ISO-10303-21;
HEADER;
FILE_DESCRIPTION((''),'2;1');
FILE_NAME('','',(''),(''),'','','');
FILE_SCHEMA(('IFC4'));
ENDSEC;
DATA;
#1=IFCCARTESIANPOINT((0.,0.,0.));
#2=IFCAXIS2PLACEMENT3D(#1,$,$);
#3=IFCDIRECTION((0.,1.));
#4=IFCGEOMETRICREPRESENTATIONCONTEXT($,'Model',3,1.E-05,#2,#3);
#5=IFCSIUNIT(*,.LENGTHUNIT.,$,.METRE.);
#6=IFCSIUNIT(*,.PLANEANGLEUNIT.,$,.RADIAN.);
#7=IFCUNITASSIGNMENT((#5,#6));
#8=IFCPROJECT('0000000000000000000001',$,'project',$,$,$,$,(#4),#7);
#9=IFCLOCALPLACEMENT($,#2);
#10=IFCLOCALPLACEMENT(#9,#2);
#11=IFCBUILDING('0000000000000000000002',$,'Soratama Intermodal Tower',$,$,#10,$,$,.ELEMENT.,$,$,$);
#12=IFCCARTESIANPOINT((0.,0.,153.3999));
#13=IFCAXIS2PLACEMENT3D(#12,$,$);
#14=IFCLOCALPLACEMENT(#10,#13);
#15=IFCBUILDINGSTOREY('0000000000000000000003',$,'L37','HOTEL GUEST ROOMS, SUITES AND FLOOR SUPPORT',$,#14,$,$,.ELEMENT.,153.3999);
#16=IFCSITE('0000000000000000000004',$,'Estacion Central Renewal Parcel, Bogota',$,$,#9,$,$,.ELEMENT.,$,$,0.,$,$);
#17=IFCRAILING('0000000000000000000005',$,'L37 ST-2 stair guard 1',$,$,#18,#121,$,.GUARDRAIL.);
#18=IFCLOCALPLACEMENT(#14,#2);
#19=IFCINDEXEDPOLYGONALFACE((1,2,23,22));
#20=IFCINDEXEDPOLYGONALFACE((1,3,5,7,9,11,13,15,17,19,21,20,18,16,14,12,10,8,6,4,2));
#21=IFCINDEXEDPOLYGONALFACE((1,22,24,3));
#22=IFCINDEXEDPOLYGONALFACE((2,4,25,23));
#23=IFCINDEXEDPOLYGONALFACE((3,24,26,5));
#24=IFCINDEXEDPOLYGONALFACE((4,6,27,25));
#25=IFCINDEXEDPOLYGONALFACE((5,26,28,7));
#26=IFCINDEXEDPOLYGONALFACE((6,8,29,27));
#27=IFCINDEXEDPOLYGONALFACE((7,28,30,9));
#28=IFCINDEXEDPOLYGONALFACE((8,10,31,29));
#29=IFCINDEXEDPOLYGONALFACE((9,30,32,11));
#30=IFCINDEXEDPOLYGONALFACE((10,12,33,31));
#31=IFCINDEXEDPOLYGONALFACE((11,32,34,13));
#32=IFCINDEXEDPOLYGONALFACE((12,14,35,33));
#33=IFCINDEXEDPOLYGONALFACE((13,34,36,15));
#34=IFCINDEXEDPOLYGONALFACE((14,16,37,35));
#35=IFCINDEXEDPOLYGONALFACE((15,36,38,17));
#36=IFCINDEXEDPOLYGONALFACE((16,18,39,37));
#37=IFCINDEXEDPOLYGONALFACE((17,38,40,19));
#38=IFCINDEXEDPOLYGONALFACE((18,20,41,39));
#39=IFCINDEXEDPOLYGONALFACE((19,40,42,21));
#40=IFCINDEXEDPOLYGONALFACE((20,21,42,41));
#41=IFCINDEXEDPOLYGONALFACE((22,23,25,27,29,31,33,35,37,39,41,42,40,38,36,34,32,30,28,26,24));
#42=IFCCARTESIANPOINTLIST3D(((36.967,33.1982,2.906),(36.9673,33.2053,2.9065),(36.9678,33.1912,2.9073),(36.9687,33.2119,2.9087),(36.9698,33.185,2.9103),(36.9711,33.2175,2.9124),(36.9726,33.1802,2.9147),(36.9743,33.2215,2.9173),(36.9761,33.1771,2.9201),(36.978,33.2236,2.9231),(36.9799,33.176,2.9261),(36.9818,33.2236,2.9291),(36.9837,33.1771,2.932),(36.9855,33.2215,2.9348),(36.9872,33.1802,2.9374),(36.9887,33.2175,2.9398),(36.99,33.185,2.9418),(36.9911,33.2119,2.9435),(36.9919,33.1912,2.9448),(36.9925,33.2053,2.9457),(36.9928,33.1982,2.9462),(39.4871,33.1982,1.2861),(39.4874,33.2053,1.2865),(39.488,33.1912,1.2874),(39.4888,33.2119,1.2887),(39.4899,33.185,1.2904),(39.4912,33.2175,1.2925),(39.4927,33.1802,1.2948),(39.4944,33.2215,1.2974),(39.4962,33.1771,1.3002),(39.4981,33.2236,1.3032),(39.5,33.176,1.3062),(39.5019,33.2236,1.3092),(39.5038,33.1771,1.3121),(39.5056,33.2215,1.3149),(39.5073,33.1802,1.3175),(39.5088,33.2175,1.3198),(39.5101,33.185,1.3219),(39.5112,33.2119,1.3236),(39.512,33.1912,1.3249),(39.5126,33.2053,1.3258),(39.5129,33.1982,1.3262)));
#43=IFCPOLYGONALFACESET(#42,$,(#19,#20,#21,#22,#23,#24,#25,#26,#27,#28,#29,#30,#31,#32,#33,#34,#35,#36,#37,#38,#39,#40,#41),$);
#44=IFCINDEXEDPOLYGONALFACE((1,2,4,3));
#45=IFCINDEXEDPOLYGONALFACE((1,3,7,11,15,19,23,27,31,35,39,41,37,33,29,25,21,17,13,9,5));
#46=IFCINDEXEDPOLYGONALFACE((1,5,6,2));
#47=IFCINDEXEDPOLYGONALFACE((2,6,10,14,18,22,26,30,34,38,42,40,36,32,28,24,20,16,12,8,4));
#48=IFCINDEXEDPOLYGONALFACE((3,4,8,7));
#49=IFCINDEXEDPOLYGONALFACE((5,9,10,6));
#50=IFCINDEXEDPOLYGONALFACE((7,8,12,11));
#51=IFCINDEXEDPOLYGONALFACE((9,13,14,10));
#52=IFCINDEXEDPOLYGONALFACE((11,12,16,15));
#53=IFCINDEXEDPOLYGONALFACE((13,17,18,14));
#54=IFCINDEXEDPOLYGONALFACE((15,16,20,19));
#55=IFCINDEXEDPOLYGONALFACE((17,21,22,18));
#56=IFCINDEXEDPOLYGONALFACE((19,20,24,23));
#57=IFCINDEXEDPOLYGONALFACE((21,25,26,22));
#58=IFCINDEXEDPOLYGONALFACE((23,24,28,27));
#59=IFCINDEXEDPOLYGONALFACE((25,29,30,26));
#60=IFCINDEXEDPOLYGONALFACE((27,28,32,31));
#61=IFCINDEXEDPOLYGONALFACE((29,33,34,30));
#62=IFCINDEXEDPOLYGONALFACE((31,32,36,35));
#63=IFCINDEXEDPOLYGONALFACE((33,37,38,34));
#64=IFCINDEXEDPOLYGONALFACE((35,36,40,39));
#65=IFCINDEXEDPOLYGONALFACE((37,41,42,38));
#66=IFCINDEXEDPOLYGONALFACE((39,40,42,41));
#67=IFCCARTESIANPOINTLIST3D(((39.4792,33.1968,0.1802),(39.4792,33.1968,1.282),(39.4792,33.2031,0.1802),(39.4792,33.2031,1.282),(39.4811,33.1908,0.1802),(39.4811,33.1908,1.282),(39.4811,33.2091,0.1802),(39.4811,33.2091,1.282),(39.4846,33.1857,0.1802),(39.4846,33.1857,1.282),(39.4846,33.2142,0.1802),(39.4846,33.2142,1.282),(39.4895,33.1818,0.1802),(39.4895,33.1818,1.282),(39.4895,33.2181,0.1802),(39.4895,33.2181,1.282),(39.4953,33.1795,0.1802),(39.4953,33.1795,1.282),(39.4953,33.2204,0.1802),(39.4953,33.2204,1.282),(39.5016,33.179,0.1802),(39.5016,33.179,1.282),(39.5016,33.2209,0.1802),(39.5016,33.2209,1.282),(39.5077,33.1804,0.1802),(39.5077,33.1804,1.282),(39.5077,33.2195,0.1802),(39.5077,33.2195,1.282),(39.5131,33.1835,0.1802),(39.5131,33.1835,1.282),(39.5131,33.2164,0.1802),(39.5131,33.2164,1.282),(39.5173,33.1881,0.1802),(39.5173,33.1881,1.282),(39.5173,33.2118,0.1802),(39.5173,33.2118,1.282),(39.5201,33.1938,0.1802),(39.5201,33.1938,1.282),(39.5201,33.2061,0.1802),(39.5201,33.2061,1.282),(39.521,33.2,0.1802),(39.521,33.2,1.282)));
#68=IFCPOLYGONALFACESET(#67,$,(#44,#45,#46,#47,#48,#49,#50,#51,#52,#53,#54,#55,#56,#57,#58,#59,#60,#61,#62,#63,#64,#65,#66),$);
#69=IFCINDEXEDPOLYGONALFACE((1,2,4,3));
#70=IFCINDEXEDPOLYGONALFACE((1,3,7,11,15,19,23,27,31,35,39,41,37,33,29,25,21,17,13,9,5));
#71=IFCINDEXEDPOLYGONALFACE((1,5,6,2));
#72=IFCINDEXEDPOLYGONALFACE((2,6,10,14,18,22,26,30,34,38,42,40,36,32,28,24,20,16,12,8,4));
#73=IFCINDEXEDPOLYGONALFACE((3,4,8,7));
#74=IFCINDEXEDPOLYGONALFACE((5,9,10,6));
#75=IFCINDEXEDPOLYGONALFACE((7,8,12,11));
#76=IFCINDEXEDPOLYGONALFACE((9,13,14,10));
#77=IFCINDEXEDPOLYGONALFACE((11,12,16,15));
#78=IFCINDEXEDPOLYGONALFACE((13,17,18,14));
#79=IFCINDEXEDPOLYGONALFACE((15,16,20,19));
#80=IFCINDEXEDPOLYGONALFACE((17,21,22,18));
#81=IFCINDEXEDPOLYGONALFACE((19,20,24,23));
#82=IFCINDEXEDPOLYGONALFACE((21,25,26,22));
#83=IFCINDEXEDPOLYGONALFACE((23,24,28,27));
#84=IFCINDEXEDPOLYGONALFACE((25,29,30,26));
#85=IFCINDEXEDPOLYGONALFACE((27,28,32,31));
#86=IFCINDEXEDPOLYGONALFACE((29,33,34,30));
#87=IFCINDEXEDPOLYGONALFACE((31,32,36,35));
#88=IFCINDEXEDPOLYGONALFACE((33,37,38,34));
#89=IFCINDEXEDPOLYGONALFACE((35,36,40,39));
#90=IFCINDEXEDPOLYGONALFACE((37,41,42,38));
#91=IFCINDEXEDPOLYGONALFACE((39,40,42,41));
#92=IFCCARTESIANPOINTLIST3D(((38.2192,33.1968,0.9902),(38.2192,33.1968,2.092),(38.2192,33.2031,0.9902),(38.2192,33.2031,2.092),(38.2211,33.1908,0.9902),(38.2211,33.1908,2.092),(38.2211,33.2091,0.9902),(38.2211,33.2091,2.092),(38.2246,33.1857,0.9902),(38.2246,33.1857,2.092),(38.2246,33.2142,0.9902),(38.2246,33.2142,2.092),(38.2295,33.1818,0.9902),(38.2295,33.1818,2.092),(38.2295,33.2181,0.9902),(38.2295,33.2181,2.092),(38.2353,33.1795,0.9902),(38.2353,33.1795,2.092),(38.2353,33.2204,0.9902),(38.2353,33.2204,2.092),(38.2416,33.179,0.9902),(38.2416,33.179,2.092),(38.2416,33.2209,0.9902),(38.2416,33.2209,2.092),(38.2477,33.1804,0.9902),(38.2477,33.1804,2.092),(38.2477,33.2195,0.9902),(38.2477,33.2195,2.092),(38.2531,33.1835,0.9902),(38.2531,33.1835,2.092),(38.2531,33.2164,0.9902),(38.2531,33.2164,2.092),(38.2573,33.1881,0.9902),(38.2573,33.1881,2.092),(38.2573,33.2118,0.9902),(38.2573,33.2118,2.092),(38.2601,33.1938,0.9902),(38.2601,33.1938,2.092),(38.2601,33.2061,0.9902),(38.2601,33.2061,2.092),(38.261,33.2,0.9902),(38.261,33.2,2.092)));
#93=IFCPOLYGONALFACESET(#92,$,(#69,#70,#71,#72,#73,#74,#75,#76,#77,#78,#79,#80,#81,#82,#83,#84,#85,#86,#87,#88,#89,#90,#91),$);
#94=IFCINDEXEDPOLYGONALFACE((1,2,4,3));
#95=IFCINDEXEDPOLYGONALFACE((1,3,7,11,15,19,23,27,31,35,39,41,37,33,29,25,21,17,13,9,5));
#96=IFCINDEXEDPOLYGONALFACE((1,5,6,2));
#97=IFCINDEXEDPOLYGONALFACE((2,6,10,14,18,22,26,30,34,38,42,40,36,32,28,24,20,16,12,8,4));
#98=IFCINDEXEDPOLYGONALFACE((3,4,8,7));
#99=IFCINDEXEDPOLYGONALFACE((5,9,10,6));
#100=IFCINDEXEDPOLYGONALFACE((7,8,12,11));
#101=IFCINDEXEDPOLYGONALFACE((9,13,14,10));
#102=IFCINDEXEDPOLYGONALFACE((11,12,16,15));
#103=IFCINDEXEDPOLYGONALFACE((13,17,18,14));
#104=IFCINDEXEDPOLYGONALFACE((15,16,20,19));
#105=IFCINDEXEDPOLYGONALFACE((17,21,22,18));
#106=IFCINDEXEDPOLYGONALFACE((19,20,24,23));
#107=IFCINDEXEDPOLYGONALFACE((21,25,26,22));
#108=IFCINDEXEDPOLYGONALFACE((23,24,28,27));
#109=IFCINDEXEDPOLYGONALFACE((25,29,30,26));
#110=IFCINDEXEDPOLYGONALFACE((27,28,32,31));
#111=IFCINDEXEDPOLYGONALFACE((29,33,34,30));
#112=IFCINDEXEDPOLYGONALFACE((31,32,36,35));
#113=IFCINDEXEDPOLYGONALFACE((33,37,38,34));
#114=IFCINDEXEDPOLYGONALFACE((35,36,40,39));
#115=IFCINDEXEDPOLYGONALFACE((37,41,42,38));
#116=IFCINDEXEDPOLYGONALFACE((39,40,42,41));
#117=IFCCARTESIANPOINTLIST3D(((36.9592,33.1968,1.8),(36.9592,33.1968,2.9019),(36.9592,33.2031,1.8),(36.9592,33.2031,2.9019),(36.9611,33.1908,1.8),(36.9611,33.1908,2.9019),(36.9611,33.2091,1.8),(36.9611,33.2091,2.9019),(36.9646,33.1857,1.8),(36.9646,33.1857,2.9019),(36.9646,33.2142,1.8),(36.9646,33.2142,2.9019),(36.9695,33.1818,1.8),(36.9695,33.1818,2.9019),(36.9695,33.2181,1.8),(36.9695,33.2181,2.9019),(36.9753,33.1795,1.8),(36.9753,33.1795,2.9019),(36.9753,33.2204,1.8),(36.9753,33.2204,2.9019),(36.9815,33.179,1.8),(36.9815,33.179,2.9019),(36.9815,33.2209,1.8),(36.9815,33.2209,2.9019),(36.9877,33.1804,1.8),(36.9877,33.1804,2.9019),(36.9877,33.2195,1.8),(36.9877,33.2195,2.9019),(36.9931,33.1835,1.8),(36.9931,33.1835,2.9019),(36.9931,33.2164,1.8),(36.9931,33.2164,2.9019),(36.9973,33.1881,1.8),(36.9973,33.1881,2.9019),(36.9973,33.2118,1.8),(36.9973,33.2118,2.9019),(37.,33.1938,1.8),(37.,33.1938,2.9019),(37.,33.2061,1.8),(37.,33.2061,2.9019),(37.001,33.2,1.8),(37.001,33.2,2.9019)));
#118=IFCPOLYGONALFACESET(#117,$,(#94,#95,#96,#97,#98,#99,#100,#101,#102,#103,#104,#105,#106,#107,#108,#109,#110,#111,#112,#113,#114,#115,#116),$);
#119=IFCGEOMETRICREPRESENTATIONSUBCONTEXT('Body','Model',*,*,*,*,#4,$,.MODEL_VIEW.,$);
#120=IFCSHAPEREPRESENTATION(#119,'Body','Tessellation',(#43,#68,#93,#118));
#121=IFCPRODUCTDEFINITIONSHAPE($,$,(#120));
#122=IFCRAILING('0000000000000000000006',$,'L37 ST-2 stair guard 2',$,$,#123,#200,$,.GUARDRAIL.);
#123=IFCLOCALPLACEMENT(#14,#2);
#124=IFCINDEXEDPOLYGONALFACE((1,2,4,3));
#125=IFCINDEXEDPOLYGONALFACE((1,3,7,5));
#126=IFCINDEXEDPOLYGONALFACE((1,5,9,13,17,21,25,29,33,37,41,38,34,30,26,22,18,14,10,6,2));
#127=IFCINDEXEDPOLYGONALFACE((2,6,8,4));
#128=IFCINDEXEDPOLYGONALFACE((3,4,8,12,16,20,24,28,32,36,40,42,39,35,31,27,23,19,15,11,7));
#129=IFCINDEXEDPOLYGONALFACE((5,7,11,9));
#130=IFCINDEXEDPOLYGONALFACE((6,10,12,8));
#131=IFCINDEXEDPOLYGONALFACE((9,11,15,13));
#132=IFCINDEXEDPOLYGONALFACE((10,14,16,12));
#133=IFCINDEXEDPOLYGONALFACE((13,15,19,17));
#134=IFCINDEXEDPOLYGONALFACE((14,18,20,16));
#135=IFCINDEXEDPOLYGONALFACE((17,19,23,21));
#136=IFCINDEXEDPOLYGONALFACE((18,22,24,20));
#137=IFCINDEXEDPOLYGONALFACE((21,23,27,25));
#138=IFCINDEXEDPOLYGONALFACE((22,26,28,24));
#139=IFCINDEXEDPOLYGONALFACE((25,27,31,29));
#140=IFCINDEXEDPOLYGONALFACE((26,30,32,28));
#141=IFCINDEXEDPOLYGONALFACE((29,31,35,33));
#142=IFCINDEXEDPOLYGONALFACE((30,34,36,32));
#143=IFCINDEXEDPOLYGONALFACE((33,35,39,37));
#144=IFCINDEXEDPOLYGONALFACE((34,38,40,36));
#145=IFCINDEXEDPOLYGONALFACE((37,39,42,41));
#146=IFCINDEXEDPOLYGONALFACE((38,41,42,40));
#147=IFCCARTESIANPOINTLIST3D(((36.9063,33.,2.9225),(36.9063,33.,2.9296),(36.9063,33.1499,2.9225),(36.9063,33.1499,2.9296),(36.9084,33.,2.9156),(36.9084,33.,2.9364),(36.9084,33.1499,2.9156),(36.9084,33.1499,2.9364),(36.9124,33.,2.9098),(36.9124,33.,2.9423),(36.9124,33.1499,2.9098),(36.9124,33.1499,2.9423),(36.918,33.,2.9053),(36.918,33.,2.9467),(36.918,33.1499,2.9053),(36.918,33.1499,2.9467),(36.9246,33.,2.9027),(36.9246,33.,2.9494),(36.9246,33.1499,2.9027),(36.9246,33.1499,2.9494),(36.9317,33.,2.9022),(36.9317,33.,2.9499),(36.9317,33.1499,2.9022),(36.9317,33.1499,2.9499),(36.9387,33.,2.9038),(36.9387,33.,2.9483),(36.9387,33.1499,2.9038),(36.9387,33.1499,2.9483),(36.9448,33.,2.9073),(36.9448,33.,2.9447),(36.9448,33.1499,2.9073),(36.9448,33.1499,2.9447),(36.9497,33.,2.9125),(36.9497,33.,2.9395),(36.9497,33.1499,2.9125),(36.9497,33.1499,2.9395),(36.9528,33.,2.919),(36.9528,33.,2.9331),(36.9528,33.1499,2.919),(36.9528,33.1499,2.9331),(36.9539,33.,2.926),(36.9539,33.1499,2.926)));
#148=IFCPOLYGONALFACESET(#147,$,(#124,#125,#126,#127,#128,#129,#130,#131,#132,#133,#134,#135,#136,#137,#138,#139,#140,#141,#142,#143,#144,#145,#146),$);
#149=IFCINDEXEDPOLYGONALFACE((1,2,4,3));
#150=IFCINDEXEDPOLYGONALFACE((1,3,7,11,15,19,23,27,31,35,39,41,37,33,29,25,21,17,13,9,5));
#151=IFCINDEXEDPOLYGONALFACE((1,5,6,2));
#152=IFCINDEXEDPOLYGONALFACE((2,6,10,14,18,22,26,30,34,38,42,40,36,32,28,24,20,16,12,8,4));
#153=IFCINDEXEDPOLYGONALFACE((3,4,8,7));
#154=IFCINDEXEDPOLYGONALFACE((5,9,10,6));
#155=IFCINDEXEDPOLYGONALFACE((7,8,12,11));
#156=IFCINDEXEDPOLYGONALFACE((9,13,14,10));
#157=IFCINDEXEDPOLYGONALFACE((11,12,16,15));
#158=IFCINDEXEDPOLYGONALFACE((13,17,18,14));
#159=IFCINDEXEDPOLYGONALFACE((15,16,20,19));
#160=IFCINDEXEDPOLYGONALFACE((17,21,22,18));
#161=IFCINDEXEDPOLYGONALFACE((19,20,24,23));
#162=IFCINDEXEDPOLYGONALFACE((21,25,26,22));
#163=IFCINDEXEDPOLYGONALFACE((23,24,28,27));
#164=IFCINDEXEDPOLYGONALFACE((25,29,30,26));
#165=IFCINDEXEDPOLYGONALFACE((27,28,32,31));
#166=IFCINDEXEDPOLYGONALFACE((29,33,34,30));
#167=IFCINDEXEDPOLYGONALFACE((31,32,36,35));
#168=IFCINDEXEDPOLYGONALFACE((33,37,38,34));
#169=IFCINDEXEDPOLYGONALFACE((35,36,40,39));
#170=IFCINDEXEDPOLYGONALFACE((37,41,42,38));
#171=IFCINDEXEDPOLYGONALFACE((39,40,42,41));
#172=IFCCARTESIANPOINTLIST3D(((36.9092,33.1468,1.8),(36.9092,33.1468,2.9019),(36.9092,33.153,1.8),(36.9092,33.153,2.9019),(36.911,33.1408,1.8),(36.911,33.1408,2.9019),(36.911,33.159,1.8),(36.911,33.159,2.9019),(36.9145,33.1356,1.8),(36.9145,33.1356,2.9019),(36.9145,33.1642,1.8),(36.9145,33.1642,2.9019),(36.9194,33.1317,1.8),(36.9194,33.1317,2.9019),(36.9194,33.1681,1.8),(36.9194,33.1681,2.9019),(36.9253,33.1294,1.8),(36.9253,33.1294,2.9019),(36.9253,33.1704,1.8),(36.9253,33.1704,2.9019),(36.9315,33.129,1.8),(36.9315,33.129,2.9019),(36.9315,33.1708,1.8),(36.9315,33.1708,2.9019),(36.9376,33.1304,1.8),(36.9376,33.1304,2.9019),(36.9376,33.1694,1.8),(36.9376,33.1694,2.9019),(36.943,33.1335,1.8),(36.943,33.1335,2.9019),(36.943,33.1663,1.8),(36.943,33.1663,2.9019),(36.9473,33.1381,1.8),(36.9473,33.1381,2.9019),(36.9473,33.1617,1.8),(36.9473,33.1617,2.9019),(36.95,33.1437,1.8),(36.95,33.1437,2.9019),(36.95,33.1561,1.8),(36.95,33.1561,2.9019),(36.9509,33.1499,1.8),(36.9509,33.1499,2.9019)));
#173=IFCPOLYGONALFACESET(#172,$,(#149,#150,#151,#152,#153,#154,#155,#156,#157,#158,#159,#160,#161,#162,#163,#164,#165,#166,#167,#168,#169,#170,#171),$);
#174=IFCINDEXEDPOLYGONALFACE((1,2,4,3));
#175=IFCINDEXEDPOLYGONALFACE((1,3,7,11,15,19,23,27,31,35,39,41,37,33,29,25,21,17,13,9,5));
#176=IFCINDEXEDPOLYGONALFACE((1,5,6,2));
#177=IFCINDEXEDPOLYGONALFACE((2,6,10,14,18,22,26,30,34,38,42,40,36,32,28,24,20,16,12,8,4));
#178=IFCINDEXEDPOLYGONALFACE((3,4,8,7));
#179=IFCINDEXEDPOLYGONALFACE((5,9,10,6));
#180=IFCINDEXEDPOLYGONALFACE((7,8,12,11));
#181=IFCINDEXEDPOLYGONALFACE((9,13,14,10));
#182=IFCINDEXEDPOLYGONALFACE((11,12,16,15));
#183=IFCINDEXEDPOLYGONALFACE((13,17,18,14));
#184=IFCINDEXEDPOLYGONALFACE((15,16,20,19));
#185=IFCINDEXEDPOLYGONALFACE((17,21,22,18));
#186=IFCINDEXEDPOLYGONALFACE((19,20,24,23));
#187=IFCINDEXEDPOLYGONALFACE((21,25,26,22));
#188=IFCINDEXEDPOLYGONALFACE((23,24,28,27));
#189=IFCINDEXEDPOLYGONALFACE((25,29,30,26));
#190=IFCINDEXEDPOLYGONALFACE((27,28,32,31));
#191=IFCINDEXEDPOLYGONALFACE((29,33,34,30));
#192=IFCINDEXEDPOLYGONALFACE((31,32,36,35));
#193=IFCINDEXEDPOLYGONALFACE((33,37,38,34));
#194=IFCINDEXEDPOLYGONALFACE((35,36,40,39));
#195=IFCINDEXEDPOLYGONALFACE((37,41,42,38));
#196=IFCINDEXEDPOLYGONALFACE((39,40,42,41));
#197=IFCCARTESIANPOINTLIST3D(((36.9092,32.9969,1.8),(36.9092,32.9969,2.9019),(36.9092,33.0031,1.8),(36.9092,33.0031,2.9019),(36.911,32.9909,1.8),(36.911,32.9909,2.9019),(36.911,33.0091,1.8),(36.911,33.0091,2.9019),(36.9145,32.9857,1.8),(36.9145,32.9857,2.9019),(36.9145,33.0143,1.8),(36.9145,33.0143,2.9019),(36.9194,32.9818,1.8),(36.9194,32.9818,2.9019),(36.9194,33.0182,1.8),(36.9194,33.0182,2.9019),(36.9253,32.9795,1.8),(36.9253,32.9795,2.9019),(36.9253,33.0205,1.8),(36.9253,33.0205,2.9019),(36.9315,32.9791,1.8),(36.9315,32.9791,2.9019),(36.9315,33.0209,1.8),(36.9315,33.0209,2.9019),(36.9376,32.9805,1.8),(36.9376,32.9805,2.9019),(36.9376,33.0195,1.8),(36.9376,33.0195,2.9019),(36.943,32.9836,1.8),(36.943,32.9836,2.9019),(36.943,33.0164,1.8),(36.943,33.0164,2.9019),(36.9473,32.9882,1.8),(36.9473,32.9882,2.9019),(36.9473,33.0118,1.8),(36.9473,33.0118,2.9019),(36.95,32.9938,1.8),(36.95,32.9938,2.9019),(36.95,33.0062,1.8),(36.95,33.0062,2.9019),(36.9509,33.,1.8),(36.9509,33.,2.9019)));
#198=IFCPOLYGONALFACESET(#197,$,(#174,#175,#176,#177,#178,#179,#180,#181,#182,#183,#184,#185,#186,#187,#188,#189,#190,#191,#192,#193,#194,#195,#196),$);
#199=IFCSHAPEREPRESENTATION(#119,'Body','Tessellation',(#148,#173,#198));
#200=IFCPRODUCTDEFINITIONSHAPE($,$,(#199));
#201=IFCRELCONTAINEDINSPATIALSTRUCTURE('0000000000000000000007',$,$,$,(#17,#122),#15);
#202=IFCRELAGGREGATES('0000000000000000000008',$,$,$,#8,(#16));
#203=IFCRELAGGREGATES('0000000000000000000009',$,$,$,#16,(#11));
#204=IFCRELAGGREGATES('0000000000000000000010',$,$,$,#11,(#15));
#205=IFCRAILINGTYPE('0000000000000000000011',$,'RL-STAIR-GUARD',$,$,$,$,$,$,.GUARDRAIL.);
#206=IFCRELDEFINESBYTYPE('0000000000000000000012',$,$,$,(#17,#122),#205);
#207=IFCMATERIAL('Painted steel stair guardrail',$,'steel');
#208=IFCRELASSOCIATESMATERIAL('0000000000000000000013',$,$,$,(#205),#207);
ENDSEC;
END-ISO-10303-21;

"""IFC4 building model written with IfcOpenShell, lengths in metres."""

from ifc_helpers import new_model, si_unit, direction, frame, origin, origin_2d, place, context, subcontext, project, spatial, circle, extrude, material, type_object, element, save


model = new_model("IFC4")

# Units and contexts
model_context = context("Model", 3, precision=1e-05, world=origin(), true_north=direction((0.0, 1.0)))
body_context = subcontext(model_context, "Body", "Model", "MODEL_VIEW")
ifc_project = project(units=[si_unit("LENGTHUNIT", "METRE"), si_unit("PLANEANGLEUNIT", "RADIAN")], contexts=[model_context])

# Site, building, storey
site_placement = place(None, origin())
site = spatial("IfcSite", under=ifc_project, at=site_placement, Name="Estacion Central Renewal Parcel, Bogota", CompositionType="ELEMENT", RefElevation=0.0)
building_placement = place(site_placement, origin())
building = spatial("IfcBuilding", under=site, at=building_placement, Name="Soratama Intermodal Tower", CompositionType="ELEMENT")
storey_placement = place(building_placement, frame((0.0, 0.0, 153.3999)))
storey = spatial("IfcBuildingStorey", under=building, at=storey_placement, Name="L37", Description="HOTEL GUEST ROOMS, SUITES AND FLOOR SUPPORT", CompositionType="ELEMENT", Elevation=153.3999)

# Railings
ifc_material_1 = material(Name="Painted steel stair guardrail", Category="steel")
railing_type_1 = type_object("IfcRailingType", Name="RL-STAIR-GUARD", PredefinedType="GUARDRAIL", material=ifc_material_1)
railing_1_placement = place(storey_placement, frame((39.5, 33.2, 0.1802)))
element("IfcRailing", 1, at=railing_1_placement, inside=storey, type_object=railing_type_1, Name="L37 ST-2 stair guard 1", PredefinedType="GUARDRAIL", context=body_context, shape_type="SweptSolid", body=[
    extrude(circle(Radius=0.0239, at=origin_2d()), frame((0.0, 0.0, 1.126), z_axis=(-0.8412, 0.0, 0.540725), x_axis=(0.0, -1.0, 0.0)), (0.0, 0.0, 1.0), 2.9958),
    extrude(circle(Radius=0.021, at=origin_2d()), origin(), (0.0, 0.0, 1.0), 1.1018),
    extrude(circle(Radius=0.021, at=origin_2d()), frame((-1.26, 0.0, 0.8101)), (0.0, 0.0, 1.0), 1.1018),
    extrude(circle(Radius=0.021, at=origin_2d()), frame((-2.52, 0.0, 1.6199)), (0.0, 0.0, 1.0), 1.1018),
])
railing_2_placement = place(storey_placement, frame((36.9299, 33.1499, 1.8)))
element("IfcRailing", 2, at=railing_2_placement, inside=storey, type_object=railing_type_1, Name="L37 ST-2 stair guard 2", PredefinedType="GUARDRAIL", context=body_context, shape_type="SweptSolid", body=[
    extrude(circle(Radius=0.0239, at=origin_2d()), frame((0.0, 0.0, 1.126), z_axis=(0.0, -1.0, 0.0), x_axis=(1.0, 0.0, 0.0)), (0.0, 0.0, 1.0), 0.1499),
    extrude(circle(Radius=0.021, at=origin_2d()), origin(), (0.0, 0.0, 1.0), 1.1018),
    extrude(circle(Radius=0.021, at=origin_2d()), frame((0.0, -0.1499, 0.0)), (0.0, 0.0, 1.0), 1.1018),
])

save(model, "model.ifc")
